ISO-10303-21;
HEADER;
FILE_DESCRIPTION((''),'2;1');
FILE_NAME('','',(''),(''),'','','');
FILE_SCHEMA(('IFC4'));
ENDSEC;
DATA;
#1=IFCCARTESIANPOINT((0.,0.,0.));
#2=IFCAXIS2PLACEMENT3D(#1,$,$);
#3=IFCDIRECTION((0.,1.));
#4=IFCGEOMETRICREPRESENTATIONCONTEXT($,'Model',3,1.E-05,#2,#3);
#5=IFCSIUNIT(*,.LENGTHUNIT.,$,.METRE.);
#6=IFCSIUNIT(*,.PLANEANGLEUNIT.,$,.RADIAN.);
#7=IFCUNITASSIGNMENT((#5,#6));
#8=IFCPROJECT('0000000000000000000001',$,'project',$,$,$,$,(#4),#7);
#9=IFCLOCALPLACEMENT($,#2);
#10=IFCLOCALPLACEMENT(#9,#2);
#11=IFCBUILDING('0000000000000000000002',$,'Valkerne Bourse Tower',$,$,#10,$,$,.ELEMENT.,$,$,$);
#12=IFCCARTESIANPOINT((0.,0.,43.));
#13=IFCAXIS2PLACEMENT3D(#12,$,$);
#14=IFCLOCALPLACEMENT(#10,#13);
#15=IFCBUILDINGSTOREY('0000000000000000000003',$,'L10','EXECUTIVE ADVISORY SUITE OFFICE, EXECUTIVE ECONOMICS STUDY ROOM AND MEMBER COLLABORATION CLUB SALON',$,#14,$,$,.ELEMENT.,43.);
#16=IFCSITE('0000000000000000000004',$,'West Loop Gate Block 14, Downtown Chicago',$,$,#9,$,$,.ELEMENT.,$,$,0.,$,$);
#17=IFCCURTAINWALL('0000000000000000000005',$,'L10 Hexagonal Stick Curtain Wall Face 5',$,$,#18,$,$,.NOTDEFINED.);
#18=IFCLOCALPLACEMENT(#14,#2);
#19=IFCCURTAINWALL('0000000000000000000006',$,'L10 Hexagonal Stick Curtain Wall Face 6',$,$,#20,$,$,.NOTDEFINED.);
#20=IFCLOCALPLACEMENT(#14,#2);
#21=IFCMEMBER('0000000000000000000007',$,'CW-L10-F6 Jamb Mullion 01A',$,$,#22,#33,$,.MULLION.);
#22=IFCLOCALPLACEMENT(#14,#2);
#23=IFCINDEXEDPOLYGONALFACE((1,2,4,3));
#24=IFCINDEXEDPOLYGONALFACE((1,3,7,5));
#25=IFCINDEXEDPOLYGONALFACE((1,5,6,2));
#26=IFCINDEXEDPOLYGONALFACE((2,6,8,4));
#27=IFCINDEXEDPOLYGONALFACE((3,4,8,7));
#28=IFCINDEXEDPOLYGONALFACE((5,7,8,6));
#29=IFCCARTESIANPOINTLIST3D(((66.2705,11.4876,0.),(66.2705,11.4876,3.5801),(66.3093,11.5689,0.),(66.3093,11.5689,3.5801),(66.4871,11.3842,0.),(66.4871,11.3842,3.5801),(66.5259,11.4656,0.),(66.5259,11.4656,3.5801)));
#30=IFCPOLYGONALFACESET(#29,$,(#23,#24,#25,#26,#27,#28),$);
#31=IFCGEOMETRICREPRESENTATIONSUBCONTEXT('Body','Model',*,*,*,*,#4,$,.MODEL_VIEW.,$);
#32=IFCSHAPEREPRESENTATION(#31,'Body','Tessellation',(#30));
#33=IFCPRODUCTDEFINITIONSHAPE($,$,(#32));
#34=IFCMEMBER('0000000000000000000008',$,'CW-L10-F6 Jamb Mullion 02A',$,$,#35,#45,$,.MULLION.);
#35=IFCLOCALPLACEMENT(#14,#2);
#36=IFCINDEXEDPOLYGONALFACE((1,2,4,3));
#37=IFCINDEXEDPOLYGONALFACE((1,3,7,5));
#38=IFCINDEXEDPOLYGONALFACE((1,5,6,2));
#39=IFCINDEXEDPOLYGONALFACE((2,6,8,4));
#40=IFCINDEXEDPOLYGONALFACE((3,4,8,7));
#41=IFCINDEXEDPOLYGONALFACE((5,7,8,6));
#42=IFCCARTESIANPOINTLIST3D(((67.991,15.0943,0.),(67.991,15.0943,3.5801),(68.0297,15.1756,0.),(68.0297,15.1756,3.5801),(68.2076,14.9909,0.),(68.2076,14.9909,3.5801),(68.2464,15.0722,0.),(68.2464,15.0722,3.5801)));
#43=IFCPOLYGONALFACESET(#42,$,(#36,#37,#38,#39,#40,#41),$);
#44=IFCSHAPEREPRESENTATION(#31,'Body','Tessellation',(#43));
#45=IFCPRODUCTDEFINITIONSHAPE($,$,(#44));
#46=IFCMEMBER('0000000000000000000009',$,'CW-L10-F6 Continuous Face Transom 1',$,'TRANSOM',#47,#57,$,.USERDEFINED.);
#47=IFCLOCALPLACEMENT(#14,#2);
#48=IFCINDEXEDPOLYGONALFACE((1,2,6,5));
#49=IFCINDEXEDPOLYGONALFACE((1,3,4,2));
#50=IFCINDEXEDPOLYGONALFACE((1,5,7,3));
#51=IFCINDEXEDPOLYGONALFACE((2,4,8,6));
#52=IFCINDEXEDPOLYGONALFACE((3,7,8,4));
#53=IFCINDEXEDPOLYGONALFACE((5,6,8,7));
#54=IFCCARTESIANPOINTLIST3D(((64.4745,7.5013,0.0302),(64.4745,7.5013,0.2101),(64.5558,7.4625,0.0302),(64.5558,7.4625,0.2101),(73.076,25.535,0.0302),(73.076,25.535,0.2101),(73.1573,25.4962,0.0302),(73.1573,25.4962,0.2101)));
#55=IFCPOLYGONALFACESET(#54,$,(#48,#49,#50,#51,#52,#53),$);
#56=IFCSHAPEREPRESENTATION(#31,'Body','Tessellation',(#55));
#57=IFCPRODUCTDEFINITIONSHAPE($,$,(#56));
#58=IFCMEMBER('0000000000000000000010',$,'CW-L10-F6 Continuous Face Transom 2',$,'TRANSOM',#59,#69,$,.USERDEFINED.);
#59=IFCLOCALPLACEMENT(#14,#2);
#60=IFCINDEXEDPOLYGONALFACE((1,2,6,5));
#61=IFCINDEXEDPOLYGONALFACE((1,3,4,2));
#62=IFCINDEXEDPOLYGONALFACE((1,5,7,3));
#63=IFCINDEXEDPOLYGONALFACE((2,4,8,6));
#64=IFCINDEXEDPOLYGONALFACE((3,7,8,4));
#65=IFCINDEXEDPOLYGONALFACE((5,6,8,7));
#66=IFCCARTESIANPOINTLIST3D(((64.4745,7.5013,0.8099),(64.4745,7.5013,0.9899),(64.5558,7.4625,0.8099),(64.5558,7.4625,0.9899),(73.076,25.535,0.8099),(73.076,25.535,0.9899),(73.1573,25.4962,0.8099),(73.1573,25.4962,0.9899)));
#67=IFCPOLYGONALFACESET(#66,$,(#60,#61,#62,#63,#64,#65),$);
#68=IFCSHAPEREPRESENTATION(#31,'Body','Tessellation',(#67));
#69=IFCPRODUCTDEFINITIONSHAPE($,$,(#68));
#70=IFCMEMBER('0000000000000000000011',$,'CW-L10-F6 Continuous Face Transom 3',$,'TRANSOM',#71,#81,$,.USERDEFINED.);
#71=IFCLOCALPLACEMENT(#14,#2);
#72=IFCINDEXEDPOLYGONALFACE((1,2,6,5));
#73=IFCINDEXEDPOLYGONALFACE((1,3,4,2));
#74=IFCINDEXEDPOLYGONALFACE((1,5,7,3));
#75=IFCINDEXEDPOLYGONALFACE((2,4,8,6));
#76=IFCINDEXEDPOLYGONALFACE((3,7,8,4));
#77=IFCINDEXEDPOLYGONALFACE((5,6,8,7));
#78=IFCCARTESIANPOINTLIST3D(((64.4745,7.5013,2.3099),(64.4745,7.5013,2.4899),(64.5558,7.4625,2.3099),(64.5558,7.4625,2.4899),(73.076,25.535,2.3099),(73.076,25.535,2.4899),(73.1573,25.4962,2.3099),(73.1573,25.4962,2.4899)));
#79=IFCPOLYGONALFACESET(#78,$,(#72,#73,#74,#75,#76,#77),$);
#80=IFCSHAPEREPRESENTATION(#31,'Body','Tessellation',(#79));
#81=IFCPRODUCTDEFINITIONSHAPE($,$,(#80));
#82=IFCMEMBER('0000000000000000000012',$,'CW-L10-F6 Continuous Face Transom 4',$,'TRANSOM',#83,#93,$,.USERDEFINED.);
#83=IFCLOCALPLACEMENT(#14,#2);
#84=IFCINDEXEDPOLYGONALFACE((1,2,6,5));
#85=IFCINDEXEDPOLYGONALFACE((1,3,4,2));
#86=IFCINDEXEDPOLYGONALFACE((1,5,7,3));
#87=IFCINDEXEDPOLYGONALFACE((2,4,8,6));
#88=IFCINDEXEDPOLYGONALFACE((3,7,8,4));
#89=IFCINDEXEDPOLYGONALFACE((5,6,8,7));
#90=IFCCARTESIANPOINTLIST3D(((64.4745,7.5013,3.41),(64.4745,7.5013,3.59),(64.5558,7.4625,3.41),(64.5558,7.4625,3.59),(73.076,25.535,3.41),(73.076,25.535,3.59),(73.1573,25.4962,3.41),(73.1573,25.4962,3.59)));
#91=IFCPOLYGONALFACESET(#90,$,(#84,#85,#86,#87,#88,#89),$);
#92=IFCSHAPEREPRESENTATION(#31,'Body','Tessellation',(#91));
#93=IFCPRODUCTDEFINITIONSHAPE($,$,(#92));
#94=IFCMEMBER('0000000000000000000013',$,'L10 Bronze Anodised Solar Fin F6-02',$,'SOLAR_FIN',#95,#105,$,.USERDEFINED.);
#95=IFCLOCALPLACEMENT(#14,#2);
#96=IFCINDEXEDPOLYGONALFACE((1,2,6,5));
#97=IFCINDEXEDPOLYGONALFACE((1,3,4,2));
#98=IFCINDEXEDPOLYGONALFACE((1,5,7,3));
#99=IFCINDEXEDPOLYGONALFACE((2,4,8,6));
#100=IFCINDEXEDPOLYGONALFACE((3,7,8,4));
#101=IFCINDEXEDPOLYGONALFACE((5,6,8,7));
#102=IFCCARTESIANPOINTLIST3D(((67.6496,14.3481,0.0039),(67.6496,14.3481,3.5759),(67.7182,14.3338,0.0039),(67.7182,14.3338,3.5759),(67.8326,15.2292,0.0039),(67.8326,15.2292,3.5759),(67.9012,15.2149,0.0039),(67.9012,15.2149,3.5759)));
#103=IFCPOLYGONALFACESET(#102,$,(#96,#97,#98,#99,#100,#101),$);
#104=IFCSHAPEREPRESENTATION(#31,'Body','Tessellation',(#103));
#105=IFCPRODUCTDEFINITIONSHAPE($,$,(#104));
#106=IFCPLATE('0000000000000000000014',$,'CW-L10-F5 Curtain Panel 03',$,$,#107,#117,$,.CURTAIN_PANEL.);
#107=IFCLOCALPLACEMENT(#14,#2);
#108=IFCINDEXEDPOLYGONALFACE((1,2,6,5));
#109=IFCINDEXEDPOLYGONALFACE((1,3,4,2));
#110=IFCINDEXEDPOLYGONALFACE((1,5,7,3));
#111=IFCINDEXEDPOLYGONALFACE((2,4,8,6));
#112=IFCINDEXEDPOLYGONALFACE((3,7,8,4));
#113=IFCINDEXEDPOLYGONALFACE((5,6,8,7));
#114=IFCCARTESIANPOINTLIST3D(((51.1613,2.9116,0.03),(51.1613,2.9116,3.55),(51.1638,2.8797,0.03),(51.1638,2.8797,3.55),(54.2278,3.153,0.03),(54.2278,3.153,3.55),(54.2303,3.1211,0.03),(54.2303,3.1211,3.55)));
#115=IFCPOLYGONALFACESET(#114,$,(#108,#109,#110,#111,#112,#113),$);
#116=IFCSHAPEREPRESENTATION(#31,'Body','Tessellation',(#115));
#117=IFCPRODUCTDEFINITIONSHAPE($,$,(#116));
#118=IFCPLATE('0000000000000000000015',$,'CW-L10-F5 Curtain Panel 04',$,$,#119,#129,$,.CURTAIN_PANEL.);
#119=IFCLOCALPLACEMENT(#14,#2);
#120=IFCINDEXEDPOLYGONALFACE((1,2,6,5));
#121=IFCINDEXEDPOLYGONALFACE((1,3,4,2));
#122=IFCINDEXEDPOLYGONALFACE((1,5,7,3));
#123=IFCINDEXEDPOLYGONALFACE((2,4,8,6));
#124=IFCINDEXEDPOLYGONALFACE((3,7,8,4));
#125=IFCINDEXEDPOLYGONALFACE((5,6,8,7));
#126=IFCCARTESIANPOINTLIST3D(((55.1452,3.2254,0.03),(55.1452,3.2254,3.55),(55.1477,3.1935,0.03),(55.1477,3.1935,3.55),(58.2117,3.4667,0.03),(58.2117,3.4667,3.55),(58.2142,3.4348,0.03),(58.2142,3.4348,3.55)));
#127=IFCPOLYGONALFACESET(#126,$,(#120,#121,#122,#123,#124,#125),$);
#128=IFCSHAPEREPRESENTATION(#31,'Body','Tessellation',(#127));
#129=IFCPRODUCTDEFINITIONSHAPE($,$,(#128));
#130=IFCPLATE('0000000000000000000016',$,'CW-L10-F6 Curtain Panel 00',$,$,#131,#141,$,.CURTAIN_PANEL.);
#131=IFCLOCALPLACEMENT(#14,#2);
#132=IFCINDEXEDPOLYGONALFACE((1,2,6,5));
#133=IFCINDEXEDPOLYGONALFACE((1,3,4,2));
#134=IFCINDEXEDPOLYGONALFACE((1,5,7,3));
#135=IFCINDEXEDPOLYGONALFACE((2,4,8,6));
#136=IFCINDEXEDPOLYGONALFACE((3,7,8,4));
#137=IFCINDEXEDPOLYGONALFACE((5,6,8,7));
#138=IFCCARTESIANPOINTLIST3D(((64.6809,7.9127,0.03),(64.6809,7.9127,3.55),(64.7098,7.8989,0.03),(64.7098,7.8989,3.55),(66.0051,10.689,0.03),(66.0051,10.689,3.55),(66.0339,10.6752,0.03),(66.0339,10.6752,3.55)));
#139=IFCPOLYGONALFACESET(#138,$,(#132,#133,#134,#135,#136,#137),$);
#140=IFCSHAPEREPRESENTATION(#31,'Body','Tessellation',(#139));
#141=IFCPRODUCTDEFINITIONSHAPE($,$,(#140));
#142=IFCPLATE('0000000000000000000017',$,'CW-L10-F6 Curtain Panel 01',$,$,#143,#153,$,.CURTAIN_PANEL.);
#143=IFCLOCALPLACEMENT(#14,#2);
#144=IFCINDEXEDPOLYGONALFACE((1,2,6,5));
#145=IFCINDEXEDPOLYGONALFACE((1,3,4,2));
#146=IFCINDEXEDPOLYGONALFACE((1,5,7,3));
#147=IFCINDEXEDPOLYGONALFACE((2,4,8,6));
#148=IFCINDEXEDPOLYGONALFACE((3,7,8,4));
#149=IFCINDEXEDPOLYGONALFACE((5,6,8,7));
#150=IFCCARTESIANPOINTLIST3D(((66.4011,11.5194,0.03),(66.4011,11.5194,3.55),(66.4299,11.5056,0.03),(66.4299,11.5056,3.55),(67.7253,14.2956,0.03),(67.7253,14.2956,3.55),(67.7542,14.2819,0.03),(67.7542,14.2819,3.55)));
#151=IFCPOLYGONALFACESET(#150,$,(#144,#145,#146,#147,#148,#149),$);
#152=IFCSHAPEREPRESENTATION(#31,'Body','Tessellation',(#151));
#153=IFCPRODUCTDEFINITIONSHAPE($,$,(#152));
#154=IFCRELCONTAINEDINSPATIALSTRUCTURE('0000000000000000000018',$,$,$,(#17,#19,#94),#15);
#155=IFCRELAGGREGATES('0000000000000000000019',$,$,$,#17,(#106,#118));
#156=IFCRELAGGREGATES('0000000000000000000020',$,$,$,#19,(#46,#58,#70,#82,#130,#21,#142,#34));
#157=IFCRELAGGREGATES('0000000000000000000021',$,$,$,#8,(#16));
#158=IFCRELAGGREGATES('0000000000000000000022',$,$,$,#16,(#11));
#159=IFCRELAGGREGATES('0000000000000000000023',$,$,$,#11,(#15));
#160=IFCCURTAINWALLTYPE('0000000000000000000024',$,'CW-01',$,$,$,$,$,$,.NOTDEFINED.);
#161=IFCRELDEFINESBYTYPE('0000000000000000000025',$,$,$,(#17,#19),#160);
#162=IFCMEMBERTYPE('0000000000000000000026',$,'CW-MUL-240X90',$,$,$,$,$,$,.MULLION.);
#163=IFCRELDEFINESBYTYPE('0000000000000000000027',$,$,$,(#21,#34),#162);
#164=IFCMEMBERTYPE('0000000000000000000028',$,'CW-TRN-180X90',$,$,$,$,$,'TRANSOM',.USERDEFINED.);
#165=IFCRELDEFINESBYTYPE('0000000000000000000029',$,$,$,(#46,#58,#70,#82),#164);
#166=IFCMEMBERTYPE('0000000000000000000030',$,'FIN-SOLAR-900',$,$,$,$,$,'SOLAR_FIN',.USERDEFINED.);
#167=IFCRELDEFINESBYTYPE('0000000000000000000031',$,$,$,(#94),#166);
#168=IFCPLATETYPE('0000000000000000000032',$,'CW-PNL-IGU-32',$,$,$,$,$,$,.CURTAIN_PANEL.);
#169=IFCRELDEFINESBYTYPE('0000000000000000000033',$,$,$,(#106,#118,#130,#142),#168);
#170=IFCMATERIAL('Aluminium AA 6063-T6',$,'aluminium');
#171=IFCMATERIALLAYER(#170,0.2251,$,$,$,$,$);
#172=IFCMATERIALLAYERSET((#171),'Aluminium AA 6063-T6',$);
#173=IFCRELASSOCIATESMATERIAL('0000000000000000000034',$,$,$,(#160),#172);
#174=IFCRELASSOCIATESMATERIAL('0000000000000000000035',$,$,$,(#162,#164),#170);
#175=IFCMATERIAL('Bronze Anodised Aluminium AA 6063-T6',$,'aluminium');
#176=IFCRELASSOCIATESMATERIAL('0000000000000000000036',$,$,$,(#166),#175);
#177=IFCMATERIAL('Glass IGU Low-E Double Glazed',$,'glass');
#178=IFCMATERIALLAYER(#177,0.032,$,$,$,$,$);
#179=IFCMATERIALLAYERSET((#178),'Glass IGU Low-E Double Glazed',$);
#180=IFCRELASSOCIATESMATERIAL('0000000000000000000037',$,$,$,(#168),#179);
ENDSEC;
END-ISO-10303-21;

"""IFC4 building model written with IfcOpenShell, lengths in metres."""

from ifc_helpers import new_model, si_unit, direction, frame, origin, origin_2d, place, context, subcontext, project, spatial, rectangle, extrude, material, layer, layer_set, material_profile, profile_set, type_object, element, aggregate, save


model = new_model("IFC4")

# Units and contexts
model_context = context("Model", 3, precision=1e-05, world=origin(), true_north=direction((0.0, 1.0)))
body_context = subcontext(model_context, "Body", "Model", "MODEL_VIEW")
ifc_project = project(units=[si_unit("LENGTHUNIT", "METRE"), si_unit("PLANEANGLEUNIT", "RADIAN")], contexts=[model_context])

# Site, building, storey
site_placement = place(None, origin())
site = spatial("IfcSite", under=ifc_project, at=site_placement, Name="West Loop Gate Block 14, Downtown Chicago", CompositionType="ELEMENT", RefElevation=0.0)
building_placement = place(site_placement, origin())
building = spatial("IfcBuilding", under=site, at=building_placement, Name="Valkerne Bourse Tower", CompositionType="ELEMENT")
storey_placement = place(building_placement, frame((0.0, 0.0, 43.0)))
storey = spatial("IfcBuildingStorey", under=building, at=storey_placement, Name="L10", Description="EXECUTIVE ADVISORY SUITE OFFICE, EXECUTIVE ECONOMICS STUDY ROOM AND MEMBER COLLABORATION CLUB SALON", CompositionType="ELEMENT", Elevation=43.0)

# Curtain walls, members
ifc_material_1 = material(Name="Aluminium AA 6063-T6", Category="aluminium")
ifc_layer_1 = layer(ifc_material_1, 0.2251)
ifc_layer_set_1 = layer_set([ifc_layer_1], Name="Aluminium AA 6063-T6")
curtain_wall_type = type_object("IfcCurtainWallType", Name="CW-01", PredefinedType="NOTDEFINED", material=ifc_layer_set_1)
curtain_wall_1_placement = place(storey_placement, origin())
curtain_wall_1 = element("IfcCurtainWall", 1, at=curtain_wall_1_placement, inside=storey, type_object=curtain_wall_type, Name="L10 Hexagonal Stick Curtain Wall Face 5", PredefinedType="NOTDEFINED")
ifc_material_profile_1 = material_profile(ifc_material_1, rectangle(XDim=0.0901, YDim=0.24, at=origin_2d()), Name="CWM-90X240")
ifc_profile_set_1 = profile_set([ifc_material_profile_1], Name="Aluminium AA 6063-T6")
member_type_1 = type_object("IfcMemberType", Name="CW-MUL-240X90", PredefinedType="MULLION", material=ifc_profile_set_1)
curtain_wall_2_placement = place(storey_placement, origin())
curtain_wall_2 = element("IfcCurtainWall", 2, at=curtain_wall_2_placement, inside=storey, type_object=curtain_wall_type, Name="L10 Hexagonal Stick Curtain Wall Face 6", PredefinedType="NOTDEFINED")
member_1_placement = place(storey_placement, frame((66.3982, 11.4766, 0.0), z_axis=(0.0, 0.0, 1.0), x_axis=(0.43053, 0.902576, 0.0)))
member_1 = element("IfcMember", 3, at=member_1_placement, type_object=member_type_1, Name="CW-L10-F6 Jamb Mullion 01A", PredefinedType="MULLION", context=body_context, shape_type="SweptSolid", body=[
    extrude(rectangle(XDim=0.0901, YDim=0.24, at=origin_2d()), origin(), (0.0, 0.0, 1.0), 3.5801),
])
member_2_placement = place(storey_placement, frame((68.1187, 15.0833, 0.0), z_axis=(0.0, 0.0, 1.0), x_axis=(0.43051, 0.902586, 0.0)))
member_2 = element("IfcMember", 4, at=member_2_placement, type_object=member_type_1, Name="CW-L10-F6 Jamb Mullion 02A", PredefinedType="MULLION", context=body_context, shape_type="SweptSolid", body=[
    extrude(rectangle(XDim=0.0901, YDim=0.24, at=origin_2d()), origin(), (0.0, 0.0, 1.0), 3.5801),
])
ifc_material_profile_2 = material_profile(ifc_material_1, rectangle(XDim=0.0901, YDim=0.1799, at=origin_2d()), Name="CWT-90X180")
ifc_profile_set_2 = profile_set([ifc_material_profile_2], Name="Aluminium AA 6063-T6")
member_type_2 = type_object("IfcMemberType", Name="CW-TRN-180X90", ElementType="TRANSOM", PredefinedType="USERDEFINED", material=ifc_profile_set_2)
member_3_placement = place(storey_placement, frame((64.5151, 7.4819, 0.1201), z_axis=(0.430508, 0.902587, 0.0), x_axis=(-0.902587, 0.430508, 0.0)))
member_3 = element("IfcMember", 5, at=member_3_placement, type_object=member_type_2, Name="CW-L10-F6 Continuous Face Transom 1", ObjectType="TRANSOM", PredefinedType="USERDEFINED", context=body_context, shape_type="SweptSolid", body=[
    extrude(rectangle(XDim=0.0901, YDim=0.1799, at=origin_2d()), origin(), (0.0, 0.0, 1.0), 19.98),
])
member_4_placement = place(storey_placement, frame((64.5151, 7.4819, 0.8999), z_axis=(0.430508, 0.902587, 0.0), x_axis=(-0.902587, 0.430508, 0.0)))
member_4 = element("IfcMember", 6, at=member_4_placement, type_object=member_type_2, Name="CW-L10-F6 Continuous Face Transom 2", ObjectType="TRANSOM", PredefinedType="USERDEFINED", context=body_context, shape_type="SweptSolid", body=[
    extrude(rectangle(XDim=0.0901, YDim=0.1799, at=origin_2d()), origin(), (0.0, 0.0, 1.0), 19.98),
])
member_5_placement = place(storey_placement, frame((64.5151, 7.4819, 2.3999), z_axis=(0.430508, 0.902587, 0.0), x_axis=(-0.902587, 0.430508, 0.0)))
member_5 = element("IfcMember", 7, at=member_5_placement, type_object=member_type_2, Name="CW-L10-F6 Continuous Face Transom 3", ObjectType="TRANSOM", PredefinedType="USERDEFINED", context=body_context, shape_type="SweptSolid", body=[
    extrude(rectangle(XDim=0.0901, YDim=0.1799, at=origin_2d()), origin(), (0.0, 0.0, 1.0), 19.98),
])
member_6_placement = place(storey_placement, frame((64.5151, 7.4819, 3.5), z_axis=(0.430508, 0.902587, 0.0), x_axis=(-0.902587, 0.430508, 0.0)))
member_6 = element("IfcMember", 8, at=member_6_placement, type_object=member_type_2, Name="CW-L10-F6 Continuous Face Transom 4", ObjectType="TRANSOM", PredefinedType="USERDEFINED", context=body_context, shape_type="SweptSolid", body=[
    extrude(rectangle(XDim=0.0901, YDim=0.1799, at=origin_2d()), origin(), (0.0, 0.0, 1.0), 19.98),
])

# Member
ifc_material_2 = material(Name="Bronze Anodised Aluminium AA 6063-T6", Category="aluminium")
ifc_material_profile_3 = material_profile(ifc_material_2, rectangle(XDim=0.0701, YDim=0.8999, at=origin_2d()), Name="FIN-70X900")
ifc_profile_set_3 = profile_set([ifc_material_profile_3], Name="Bronze Anodised Aluminium AA 6063-T6")
member_type_3 = type_object("IfcMemberType", Name="FIN-SOLAR-900", ElementType="SOLAR_FIN", PredefinedType="USERDEFINED", material=ifc_profile_set_3)
member_7_placement = place(storey_placement, frame((67.7754, 14.7815, 0.0039), z_axis=(0.0, 0.0, 1.0), x_axis=(0.979101, -0.203374, 0.0)))
element("IfcMember", 9, at=member_7_placement, inside=storey, type_object=member_type_3, Name="L10 Bronze Anodised Solar Fin F6-02", ObjectType="SOLAR_FIN", PredefinedType="USERDEFINED", context=body_context, shape_type="SweptSolid", body=[
    extrude(rectangle(XDim=0.0701, YDim=0.8999, at=origin_2d()), origin(), (0.0, 0.0, 1.0), 3.572),
])

# Plates
ifc_material_3 = material(Name="Glass IGU Low-E Double Glazed", Category="glass")
ifc_layer_2 = layer(ifc_material_3, 0.032)
ifc_layer_set_2 = layer_set([ifc_layer_2], Name="Glass IGU Low-E Double Glazed")
plate_type = type_object("IfcPlateType", Name="CW-PNL-IGU-32", PredefinedType="CURTAIN_PANEL", material=ifc_layer_set_2)
plate_1_placement = place(storey_placement, frame((52.6958, 3.0164, 0.03), z_axis=(0.0, 0.0, 1.0), x_axis=(0.996916, 0.078478, 0.0)))
plate_1 = element("IfcPlate", 10, at=plate_1_placement, type_object=plate_type, Name="CW-L10-F5 Curtain Panel 03", PredefinedType="CURTAIN_PANEL", context=body_context, shape_type="SweptSolid", body=[
    extrude(rectangle(XDim=3.0759, YDim=0.032, at=origin_2d()), origin(), (0.0, 0.0, 1.0), 3.52),
])
plate_2_placement = place(storey_placement, frame((56.6797, 3.3301, 0.03), z_axis=(0.0, 0.0, 1.0), x_axis=(0.996918, 0.078455, 0.0)))
plate_2 = element("IfcPlate", 11, at=plate_2_placement, type_object=plate_type, Name="CW-L10-F5 Curtain Panel 04", PredefinedType="CURTAIN_PANEL", context=body_context, shape_type="SweptSolid", body=[
    extrude(rectangle(XDim=3.0759, YDim=0.032, at=origin_2d()), origin(), (0.0, 0.0, 1.0), 3.52),
])
aggregate(curtain_wall_1, [plate_1, plate_2])
plate_3_placement = place(storey_placement, frame((65.3574, 9.2939, 0.03), z_axis=(0.0, 0.0, 1.0), x_axis=(0.4305, 0.902591, 0.0)))
plate_3 = element("IfcPlate", 12, at=plate_3_placement, type_object=plate_type, Name="CW-L10-F6 Curtain Panel 00", PredefinedType="CURTAIN_PANEL", context=body_context, shape_type="SweptSolid", body=[
    extrude(rectangle(XDim=3.0759, YDim=0.032, at=origin_2d()), origin(), (0.0, 0.0, 1.0), 3.52),
])
plate_4_placement = place(storey_placement, frame((67.0776, 12.9006, 0.03), z_axis=(0.0, 0.0, 1.0), x_axis=(0.43053, 0.902576, 0.0)))
plate_4 = element("IfcPlate", 13, at=plate_4_placement, type_object=plate_type, Name="CW-L10-F6 Curtain Panel 01", PredefinedType="CURTAIN_PANEL", context=body_context, shape_type="SweptSolid", body=[
    extrude(rectangle(XDim=3.0759, YDim=0.032, at=origin_2d()), origin(), (0.0, 0.0, 1.0), 3.52),
])
aggregate(curtain_wall_2, [member_3, member_4, member_5, member_6, plate_3, member_1, plate_4, member_2])

save(model, "model.ifc")
